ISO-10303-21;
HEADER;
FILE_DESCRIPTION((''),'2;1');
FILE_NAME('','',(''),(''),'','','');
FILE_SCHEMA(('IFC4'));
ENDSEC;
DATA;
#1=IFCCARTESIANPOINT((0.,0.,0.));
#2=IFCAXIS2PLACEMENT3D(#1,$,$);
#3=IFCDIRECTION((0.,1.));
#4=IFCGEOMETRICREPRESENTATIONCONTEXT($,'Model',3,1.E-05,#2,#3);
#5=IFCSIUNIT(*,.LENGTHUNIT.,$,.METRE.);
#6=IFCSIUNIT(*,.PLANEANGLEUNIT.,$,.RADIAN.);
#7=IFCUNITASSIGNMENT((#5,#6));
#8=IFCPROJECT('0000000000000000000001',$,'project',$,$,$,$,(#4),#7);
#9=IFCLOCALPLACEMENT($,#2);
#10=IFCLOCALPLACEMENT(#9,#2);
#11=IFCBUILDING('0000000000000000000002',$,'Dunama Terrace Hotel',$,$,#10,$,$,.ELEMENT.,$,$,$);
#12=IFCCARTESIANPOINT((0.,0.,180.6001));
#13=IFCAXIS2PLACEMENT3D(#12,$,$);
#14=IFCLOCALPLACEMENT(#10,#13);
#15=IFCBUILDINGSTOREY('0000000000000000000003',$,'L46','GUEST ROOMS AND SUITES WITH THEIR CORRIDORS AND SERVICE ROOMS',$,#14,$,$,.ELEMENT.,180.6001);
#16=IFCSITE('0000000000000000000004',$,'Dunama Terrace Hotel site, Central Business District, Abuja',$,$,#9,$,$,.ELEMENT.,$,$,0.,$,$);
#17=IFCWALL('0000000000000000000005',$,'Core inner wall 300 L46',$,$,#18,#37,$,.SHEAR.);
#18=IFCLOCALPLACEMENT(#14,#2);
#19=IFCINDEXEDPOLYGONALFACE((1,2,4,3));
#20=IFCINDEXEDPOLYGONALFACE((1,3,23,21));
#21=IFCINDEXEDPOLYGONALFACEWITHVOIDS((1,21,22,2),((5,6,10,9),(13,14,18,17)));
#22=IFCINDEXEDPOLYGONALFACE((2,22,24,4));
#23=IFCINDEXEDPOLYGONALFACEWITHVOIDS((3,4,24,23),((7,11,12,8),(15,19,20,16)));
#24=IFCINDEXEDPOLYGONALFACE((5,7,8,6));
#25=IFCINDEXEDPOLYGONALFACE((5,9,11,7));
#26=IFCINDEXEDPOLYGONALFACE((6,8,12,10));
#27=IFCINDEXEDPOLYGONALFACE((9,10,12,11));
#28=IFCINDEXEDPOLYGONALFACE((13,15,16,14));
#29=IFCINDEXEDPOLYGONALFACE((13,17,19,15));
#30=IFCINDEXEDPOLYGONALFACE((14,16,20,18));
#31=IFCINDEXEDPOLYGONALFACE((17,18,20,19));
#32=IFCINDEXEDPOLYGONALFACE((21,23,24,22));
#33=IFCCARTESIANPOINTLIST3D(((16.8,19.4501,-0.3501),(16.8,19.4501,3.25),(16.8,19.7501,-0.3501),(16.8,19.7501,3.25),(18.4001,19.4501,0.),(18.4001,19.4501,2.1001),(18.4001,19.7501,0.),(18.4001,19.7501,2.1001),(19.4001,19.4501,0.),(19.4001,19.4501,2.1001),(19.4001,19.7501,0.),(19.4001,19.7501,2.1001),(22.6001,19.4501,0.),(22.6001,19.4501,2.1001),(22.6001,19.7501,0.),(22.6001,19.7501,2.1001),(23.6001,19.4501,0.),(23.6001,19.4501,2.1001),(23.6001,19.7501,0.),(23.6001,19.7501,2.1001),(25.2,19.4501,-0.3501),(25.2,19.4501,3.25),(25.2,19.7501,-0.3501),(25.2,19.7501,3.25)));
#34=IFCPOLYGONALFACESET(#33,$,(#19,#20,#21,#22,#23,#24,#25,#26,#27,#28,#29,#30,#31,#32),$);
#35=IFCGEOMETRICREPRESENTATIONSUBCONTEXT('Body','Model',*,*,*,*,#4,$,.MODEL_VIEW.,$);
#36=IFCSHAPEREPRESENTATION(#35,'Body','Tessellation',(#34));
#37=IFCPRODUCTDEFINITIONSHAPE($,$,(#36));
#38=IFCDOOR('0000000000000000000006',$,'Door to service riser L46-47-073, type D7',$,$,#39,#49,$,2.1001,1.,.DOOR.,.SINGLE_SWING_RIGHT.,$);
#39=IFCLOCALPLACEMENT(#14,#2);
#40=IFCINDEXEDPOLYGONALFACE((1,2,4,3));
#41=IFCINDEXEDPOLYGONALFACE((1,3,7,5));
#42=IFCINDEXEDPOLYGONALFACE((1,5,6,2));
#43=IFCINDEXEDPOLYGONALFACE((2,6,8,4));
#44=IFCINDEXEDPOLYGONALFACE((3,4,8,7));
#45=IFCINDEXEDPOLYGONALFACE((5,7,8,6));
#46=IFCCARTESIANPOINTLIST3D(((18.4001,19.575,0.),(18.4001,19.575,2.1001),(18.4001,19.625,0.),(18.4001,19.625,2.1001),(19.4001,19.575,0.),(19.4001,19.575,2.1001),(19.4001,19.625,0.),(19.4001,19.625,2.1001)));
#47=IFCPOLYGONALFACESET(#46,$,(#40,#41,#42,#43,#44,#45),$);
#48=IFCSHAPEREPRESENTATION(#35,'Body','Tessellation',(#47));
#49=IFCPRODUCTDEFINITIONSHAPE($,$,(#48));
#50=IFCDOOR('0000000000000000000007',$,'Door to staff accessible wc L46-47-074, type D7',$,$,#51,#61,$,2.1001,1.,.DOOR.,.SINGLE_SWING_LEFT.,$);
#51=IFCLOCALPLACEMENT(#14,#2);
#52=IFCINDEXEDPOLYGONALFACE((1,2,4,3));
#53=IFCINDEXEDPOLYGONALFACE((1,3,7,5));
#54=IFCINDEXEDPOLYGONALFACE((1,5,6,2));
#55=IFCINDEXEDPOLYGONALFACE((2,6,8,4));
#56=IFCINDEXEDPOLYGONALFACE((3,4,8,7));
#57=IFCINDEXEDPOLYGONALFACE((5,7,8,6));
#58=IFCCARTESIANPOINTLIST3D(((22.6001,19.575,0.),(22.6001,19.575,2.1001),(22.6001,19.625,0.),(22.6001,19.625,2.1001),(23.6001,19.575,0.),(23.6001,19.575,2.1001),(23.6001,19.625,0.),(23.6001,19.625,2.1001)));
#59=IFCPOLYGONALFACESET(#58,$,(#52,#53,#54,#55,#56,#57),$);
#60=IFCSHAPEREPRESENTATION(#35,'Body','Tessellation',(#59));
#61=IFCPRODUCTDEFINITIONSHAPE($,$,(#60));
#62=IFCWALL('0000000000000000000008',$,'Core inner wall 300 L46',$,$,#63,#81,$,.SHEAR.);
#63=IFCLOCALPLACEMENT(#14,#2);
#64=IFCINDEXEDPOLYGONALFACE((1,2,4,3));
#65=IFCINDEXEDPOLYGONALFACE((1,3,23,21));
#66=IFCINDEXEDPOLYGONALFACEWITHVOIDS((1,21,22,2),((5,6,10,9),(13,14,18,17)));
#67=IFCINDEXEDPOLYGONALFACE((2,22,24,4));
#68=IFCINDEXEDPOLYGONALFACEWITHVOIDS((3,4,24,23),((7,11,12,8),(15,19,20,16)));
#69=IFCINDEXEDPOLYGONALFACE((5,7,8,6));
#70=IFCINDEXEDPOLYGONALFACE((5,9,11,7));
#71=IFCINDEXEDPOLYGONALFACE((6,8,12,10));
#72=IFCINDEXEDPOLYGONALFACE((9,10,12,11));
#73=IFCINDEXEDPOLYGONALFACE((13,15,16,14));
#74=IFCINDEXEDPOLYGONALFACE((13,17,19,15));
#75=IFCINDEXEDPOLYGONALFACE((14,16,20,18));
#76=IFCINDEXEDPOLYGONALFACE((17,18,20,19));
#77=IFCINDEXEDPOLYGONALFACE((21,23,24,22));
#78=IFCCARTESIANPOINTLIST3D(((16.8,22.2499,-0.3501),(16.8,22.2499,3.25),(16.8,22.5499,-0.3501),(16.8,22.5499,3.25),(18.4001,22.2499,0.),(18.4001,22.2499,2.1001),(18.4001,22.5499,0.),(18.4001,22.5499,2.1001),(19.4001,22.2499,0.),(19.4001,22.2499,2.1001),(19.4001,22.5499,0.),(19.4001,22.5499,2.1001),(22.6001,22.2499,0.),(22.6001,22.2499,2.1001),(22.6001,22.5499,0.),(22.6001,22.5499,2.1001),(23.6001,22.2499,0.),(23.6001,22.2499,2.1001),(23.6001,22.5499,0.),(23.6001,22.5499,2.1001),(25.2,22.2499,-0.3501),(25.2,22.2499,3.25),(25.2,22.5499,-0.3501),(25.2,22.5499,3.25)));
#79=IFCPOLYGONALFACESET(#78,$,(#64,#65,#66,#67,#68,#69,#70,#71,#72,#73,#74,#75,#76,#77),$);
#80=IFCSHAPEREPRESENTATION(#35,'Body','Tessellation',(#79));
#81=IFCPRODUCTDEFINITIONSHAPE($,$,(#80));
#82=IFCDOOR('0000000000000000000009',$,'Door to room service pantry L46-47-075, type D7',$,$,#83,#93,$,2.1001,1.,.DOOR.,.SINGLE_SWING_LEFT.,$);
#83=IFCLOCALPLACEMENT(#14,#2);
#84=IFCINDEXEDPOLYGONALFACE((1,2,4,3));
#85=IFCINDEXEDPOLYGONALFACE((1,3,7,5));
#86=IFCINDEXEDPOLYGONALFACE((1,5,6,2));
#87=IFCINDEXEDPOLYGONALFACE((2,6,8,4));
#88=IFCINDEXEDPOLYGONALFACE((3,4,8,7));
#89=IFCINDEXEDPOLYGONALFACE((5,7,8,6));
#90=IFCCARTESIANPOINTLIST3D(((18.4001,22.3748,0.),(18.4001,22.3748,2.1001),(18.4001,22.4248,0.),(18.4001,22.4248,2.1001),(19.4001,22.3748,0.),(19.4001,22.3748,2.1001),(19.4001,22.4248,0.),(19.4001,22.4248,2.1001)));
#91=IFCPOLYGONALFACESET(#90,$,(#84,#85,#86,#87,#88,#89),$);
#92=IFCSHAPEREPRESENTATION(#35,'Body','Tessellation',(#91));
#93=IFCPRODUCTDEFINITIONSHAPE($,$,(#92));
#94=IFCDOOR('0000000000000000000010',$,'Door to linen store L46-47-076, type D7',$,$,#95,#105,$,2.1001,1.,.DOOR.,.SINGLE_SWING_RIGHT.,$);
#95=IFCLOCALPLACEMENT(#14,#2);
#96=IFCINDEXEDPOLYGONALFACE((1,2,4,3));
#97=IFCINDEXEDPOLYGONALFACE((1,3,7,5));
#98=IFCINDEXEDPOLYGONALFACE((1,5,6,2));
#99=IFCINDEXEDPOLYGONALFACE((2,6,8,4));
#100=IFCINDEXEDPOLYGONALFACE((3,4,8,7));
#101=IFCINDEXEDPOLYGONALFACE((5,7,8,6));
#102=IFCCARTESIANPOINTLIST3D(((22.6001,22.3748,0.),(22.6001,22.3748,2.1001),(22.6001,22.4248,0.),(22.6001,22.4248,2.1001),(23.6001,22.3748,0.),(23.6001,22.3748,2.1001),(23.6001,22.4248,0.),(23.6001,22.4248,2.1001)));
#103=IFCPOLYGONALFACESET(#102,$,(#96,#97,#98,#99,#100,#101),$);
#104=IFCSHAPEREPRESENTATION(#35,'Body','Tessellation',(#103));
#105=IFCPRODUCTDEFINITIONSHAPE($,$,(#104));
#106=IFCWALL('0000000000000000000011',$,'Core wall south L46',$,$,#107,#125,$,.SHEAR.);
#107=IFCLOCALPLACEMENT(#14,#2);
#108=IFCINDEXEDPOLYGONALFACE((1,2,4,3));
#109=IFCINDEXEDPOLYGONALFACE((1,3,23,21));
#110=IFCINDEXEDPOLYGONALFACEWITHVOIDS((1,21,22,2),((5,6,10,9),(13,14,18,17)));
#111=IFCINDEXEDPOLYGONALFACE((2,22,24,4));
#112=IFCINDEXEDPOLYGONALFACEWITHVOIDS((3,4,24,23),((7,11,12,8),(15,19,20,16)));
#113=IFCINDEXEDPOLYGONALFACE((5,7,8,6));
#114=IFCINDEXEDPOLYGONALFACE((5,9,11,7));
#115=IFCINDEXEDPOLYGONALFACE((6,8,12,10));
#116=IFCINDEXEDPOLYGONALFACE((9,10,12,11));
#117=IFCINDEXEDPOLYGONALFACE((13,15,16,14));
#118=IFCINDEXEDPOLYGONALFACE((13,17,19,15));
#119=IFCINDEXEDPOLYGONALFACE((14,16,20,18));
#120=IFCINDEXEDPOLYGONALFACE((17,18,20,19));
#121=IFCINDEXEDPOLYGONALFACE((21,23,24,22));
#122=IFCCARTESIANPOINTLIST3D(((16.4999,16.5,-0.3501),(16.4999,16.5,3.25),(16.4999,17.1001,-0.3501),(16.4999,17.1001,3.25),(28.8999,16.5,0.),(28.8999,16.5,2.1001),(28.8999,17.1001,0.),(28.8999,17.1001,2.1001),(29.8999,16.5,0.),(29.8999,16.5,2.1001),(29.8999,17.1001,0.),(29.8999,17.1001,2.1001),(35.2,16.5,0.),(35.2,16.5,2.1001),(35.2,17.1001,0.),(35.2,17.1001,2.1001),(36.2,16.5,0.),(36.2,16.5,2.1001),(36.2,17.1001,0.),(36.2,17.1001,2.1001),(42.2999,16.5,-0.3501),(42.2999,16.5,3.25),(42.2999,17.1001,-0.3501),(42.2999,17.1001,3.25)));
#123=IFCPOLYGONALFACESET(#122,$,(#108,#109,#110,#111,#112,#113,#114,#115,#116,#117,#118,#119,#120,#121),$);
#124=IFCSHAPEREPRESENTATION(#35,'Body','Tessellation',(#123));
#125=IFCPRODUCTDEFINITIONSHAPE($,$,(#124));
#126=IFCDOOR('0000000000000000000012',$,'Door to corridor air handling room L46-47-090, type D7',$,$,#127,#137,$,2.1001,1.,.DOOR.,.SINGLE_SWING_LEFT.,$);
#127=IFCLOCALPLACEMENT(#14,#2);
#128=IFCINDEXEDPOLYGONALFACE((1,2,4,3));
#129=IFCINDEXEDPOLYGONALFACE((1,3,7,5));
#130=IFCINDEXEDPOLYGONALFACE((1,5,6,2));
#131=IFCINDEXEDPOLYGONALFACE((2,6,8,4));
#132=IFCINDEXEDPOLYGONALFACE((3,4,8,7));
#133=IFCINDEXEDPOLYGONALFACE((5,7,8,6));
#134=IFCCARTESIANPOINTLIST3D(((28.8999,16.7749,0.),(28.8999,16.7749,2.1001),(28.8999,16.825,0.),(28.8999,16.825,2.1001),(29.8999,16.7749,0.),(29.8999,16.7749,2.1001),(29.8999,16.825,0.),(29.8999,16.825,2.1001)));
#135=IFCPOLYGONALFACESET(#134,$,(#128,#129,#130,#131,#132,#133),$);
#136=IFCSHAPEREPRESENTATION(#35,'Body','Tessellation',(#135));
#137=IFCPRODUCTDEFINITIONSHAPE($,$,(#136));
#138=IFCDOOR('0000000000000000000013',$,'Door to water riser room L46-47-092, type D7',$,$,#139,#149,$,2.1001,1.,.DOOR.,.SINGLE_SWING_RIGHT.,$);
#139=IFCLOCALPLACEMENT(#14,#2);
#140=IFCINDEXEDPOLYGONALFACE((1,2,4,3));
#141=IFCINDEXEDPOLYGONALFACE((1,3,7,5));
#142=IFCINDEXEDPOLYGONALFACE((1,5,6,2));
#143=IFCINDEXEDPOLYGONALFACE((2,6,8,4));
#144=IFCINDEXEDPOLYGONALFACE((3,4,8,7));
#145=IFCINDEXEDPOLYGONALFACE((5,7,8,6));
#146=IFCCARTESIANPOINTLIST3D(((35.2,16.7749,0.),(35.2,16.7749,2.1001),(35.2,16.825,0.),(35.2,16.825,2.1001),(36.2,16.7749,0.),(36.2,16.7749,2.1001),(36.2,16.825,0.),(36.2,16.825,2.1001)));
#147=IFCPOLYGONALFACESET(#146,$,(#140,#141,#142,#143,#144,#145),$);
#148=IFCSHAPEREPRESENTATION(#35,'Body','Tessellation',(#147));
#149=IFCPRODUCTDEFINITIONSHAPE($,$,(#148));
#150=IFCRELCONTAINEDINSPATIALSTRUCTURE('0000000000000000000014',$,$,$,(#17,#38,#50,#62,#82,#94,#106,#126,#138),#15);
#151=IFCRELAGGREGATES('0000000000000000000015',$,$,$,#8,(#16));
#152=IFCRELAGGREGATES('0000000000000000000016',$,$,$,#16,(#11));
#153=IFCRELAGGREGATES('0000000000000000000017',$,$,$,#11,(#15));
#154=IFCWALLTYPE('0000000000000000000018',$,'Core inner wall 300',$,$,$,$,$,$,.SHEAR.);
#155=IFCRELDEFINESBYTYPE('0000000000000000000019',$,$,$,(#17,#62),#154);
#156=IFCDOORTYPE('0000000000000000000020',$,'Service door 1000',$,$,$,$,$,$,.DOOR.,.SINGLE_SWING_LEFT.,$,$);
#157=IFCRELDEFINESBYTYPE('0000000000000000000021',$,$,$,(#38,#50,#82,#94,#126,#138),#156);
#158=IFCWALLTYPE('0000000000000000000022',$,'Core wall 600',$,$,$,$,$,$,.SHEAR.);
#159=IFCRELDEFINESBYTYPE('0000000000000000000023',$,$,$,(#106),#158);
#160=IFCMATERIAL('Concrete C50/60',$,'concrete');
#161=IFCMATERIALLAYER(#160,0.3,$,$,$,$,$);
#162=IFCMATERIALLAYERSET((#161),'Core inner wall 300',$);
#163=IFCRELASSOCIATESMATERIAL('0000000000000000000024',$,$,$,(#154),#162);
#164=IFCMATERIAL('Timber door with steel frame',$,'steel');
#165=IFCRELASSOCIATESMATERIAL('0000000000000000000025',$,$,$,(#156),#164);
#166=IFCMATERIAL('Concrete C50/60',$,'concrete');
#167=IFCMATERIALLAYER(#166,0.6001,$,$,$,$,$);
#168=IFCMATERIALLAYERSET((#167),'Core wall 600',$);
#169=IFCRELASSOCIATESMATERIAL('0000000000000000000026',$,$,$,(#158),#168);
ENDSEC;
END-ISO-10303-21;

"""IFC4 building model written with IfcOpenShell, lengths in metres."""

from ifc_helpers import new_model, si_unit, direction, frame, frame_2d, origin, place, context, subcontext, project, spatial, rectangle, extrude, material, layer, layer_set, type_object, element, fill, save


model = new_model("IFC4")

# Units and contexts
model_context = context("Model", 3, precision=1e-05, world=origin(), true_north=direction((0.0, 1.0)))
body_context = subcontext(model_context, "Body", "Model", "MODEL_VIEW")
ifc_project = project(units=[si_unit("LENGTHUNIT", "METRE"), si_unit("PLANEANGLEUNIT", "RADIAN")], contexts=[model_context])

# Site, building, storey
site_placement = place(None, origin())
site = spatial("IfcSite", under=ifc_project, at=site_placement, Name="Dunama Terrace Hotel site, Central Business District, Abuja", CompositionType="ELEMENT", RefElevation=0.0)
building_placement = place(site_placement, origin())
building = spatial("IfcBuilding", under=site, at=building_placement, Name="Dunama Terrace Hotel", CompositionType="ELEMENT")
storey_placement = place(building_placement, frame((0.0, 0.0, 180.6001)))
storey = spatial("IfcBuildingStorey", under=building, at=storey_placement, Name="L46", Description="GUEST ROOMS AND SUITES WITH THEIR CORRIDORS AND SERVICE ROOMS", CompositionType="ELEMENT", Elevation=180.6001)

# Walls, openings, doors
ifc_material_1 = material(Name="Concrete C50/60", Category="concrete")
ifc_layer_1 = layer(ifc_material_1, 0.3)
ifc_layer_set_1 = layer_set([ifc_layer_1], Name="Core inner wall 300")
wall_type_1 = type_object("IfcWallType", Name="Core inner wall 300", PredefinedType="SHEAR", material=ifc_layer_set_1)
wall_1_placement = place(storey_placement, frame((16.8, 19.6001, -0.3501), z_axis=(0.0, 0.0, 1.0), x_axis=(1.0, 0.0, 0.0)))
wall_1 = element("IfcWall", 1, at=wall_1_placement, inside=storey, type_object=wall_type_1, Name="Core inner wall 300 L46", PredefinedType="SHEAR", context=body_context, shape_type="SweptSolid", body=[
    extrude(rectangle(XDim=8.3999, YDim=0.3, at=frame_2d((4.2, 0.0))), origin(), (0.0, 0.0, 1.0), 3.6001),
])
opening_1_placement = place(wall_1_placement, frame((1.6001, 0.0, 0.3501)))
opening_1 = element("IfcOpeningElement", 2, at=opening_1_placement, cuts=wall_1, PredefinedType="OPENING", context=body_context, shape_type="SweptSolid", body=[
    extrude(rectangle(XDim=1.0, YDim=2.1001, at=frame_2d((0.5, 1.05))), frame((0.0, 0.1599, 0.0), z_axis=(0.0, -1.0, 0.0), x_axis=(1.0, 0.0, 0.0)), (0.0, 0.0, 1.0), 0.3201),
])
opening_2_placement = place(wall_1_placement, frame((5.8, 0.0, 0.3501)))
opening_2 = element("IfcOpeningElement", 3, at=opening_2_placement, cuts=wall_1, PredefinedType="OPENING", context=body_context, shape_type="SweptSolid", body=[
    extrude(rectangle(XDim=1.0, YDim=2.1001, at=frame_2d((0.5, 1.05))), frame((0.0, 0.1599, 0.0), z_axis=(0.0, -1.0, 0.0), x_axis=(1.0, 0.0, 0.0)), (0.0, 0.0, 1.0), 0.3201),
])
ifc_material_2 = material(Name="Timber door with steel frame", Category="steel")
door_type_1 = type_object("IfcDoorType", Name="Service door 1000", OperationType="SINGLE_SWING_LEFT", PredefinedType="DOOR", material=ifc_material_2)
door_1_placement = place(opening_1_placement, frame((1.0, 0.0, 0.0), z_axis=(0.0, 0.0, 1.0), x_axis=(-1.0, 0.0, 0.0)))
door_1 = element("IfcDoor", 4, at=door_1_placement, inside=storey, type_object=door_type_1, Name="Door to service riser L46-47-073, type D7", OperationType="SINGLE_SWING_RIGHT", OverallHeight=2.1001, OverallWidth=1.0, PredefinedType="DOOR", context=body_context, shape_type="SweptSolid", body=[
    extrude(rectangle(XDim=1.0, YDim=2.1001, at=frame_2d((0.5, 1.05))), frame((0.0, 0.0251, 0.0), z_axis=(0.0, -1.0, 0.0), x_axis=(1.0, 0.0, 0.0)), (0.0, 0.0, 1.0), 0.05),
])
fill(opening_1, door_1)
door_2_placement = place(opening_2_placement, frame((1.0, 0.0, 0.0), z_axis=(0.0, 0.0, 1.0), x_axis=(-1.0, 0.0, 0.0)))
door_2 = element("IfcDoor", 5, at=door_2_placement, inside=storey, type_object=door_type_1, Name="Door to staff accessible wc L46-47-074, type D7", OperationType="SINGLE_SWING_LEFT", OverallHeight=2.1001, OverallWidth=1.0, PredefinedType="DOOR", context=body_context, shape_type="SweptSolid", body=[
    extrude(rectangle(XDim=1.0, YDim=2.1001, at=frame_2d((0.5, 1.05))), frame((0.0, 0.0251, 0.0), z_axis=(0.0, -1.0, 0.0), x_axis=(1.0, 0.0, 0.0)), (0.0, 0.0, 1.0), 0.05),
])
fill(opening_2, door_2)
wall_2_placement = place(storey_placement, frame((16.8, 22.3999, -0.3501), z_axis=(0.0, 0.0, 1.0), x_axis=(1.0, 0.0, 0.0)))
wall_2 = element("IfcWall", 6, at=wall_2_placement, inside=storey, type_object=wall_type_1, Name="Core inner wall 300 L46", PredefinedType="SHEAR", context=body_context, shape_type="SweptSolid", body=[
    extrude(rectangle(XDim=8.3999, YDim=0.3, at=frame_2d((4.2, 0.0))), origin(), (0.0, 0.0, 1.0), 3.6001),
])
opening_3_placement = place(wall_2_placement, frame((1.6001, 0.0, 0.3501)))
opening_3 = element("IfcOpeningElement", 7, at=opening_3_placement, cuts=wall_2, PredefinedType="OPENING", context=body_context, shape_type="SweptSolid", body=[
    extrude(rectangle(XDim=1.0, YDim=2.1001, at=frame_2d((0.5, 1.05))), frame((0.0, 0.1599, 0.0), z_axis=(0.0, -1.0, 0.0), x_axis=(1.0, 0.0, 0.0)), (0.0, 0.0, 1.0), 0.3201),
])
opening_4_placement = place(wall_2_placement, frame((5.8, 0.0, 0.3501)))
opening_4 = element("IfcOpeningElement", 8, at=opening_4_placement, cuts=wall_2, PredefinedType="OPENING", context=body_context, shape_type="SweptSolid", body=[
    extrude(rectangle(XDim=1.0, YDim=2.1001, at=frame_2d((0.5, 1.05))), frame((0.0, 0.1599, 0.0), z_axis=(0.0, -1.0, 0.0), x_axis=(1.0, 0.0, 0.0)), (0.0, 0.0, 1.0), 0.3201),
])
door_3_placement = place(opening_3_placement, origin())
door_3 = element("IfcDoor", 9, at=door_3_placement, inside=storey, type_object=door_type_1, Name="Door to room service pantry L46-47-075, type D7", OperationType="SINGLE_SWING_LEFT", OverallHeight=2.1001, OverallWidth=1.0, PredefinedType="DOOR", context=body_context, shape_type="SweptSolid", body=[
    extrude(rectangle(XDim=1.0, YDim=2.1001, at=frame_2d((0.5, 1.05))), frame((0.0, 0.0249, 0.0), z_axis=(0.0, -1.0, 0.0), x_axis=(1.0, 0.0, 0.0)), (0.0, 0.0, 1.0), 0.05),
])
fill(opening_3, door_3)
door_4_placement = place(opening_4_placement, origin())
door_4 = element("IfcDoor", 10, at=door_4_placement, inside=storey, type_object=door_type_1, Name="Door to linen store L46-47-076, type D7", OperationType="SINGLE_SWING_RIGHT", OverallHeight=2.1001, OverallWidth=1.0, PredefinedType="DOOR", context=body_context, shape_type="SweptSolid", body=[
    extrude(rectangle(XDim=1.0, YDim=2.1001, at=frame_2d((0.5, 1.05))), frame((0.0, 0.0249, 0.0), z_axis=(0.0, -1.0, 0.0), x_axis=(1.0, 0.0, 0.0)), (0.0, 0.0, 1.0), 0.05),
])
fill(opening_4, door_4)
ifc_material_3 = material(Name="Concrete C50/60", Category="concrete")
ifc_layer_2 = layer(ifc_material_3, 0.6001)
ifc_layer_set_2 = layer_set([ifc_layer_2], Name="Core wall 600")
wall_type_2 = type_object("IfcWallType", Name="Core wall 600", PredefinedType="SHEAR", material=ifc_layer_set_2)
wall_3_placement = place(storey_placement, frame((16.5, 16.8, -0.3501), z_axis=(0.0, 0.0, 1.0), x_axis=(1.0, 0.0, 0.0)))
wall_3 = element("IfcWall", 11, at=wall_3_placement, inside=storey, type_object=wall_type_2, Name="Core wall south L46", PredefinedType="SHEAR", context=body_context, shape_type="SweptSolid", body=[
    extrude(rectangle(XDim=25.8, YDim=0.6001, at=frame_2d((12.8999, 0.0))), origin(), (0.0, 0.0, 1.0), 3.6001),
])
opening_5_placement = place(wall_3_placement, frame((12.3999, 0.0, 0.3501)))
opening_5 = element("IfcOpeningElement", 12, at=opening_5_placement, cuts=wall_3, PredefinedType="OPENING", context=body_context, shape_type="SweptSolid", body=[
    extrude(rectangle(XDim=1.0, YDim=2.1001, at=frame_2d((0.5, 1.05))), frame((0.0, 0.3101, 0.0), z_axis=(0.0, -1.0, 0.0), x_axis=(1.0, 0.0, 0.0)), (0.0, 0.0, 1.0), 0.6201),
])
opening_6_placement = place(wall_3_placement, frame((18.7, 0.0, 0.3501)))
opening_6 = element("IfcOpeningElement", 13, at=opening_6_placement, cuts=wall_3, PredefinedType="OPENING", context=body_context, shape_type="SweptSolid", body=[
    extrude(rectangle(XDim=1.0, YDim=2.1001, at=frame_2d((0.5, 1.05))), frame((0.0, 0.3101, 0.0), z_axis=(0.0, -1.0, 0.0), x_axis=(1.0, 0.0, 0.0)), (0.0, 0.0, 1.0), 0.6201),
])
door_5_placement = place(opening_5_placement, origin())
door_5 = element("IfcDoor", 14, at=door_5_placement, inside=storey, type_object=door_type_1, Name="Door to corridor air handling room L46-47-090, type D7", OperationType="SINGLE_SWING_LEFT", OverallHeight=2.1001, OverallWidth=1.0, PredefinedType="DOOR", context=body_context, shape_type="SweptSolid", body=[
    extrude(rectangle(XDim=1.0, YDim=2.1001, at=frame_2d((0.5, 1.05))), frame((0.0, 0.0249, 0.0), z_axis=(0.0, -1.0, 0.0), x_axis=(1.0, 0.0, 0.0)), (0.0, 0.0, 1.0), 0.05),
])
fill(opening_5, door_5)
door_6_placement = place(opening_6_placement, origin())
door_6 = element("IfcDoor", 15, at=door_6_placement, inside=storey, type_object=door_type_1, Name="Door to water riser room L46-47-092, type D7", OperationType="SINGLE_SWING_RIGHT", OverallHeight=2.1001, OverallWidth=1.0, PredefinedType="DOOR", context=body_context, shape_type="SweptSolid", body=[
    extrude(rectangle(XDim=1.0, YDim=2.1001, at=frame_2d((0.5, 1.05))), frame((0.0, 0.0249, 0.0), z_axis=(0.0, -1.0, 0.0), x_axis=(1.0, 0.0, 0.0)), (0.0, 0.0, 1.0), 0.05),
])
fill(opening_6, door_6)

save(model, "model.ifc")
